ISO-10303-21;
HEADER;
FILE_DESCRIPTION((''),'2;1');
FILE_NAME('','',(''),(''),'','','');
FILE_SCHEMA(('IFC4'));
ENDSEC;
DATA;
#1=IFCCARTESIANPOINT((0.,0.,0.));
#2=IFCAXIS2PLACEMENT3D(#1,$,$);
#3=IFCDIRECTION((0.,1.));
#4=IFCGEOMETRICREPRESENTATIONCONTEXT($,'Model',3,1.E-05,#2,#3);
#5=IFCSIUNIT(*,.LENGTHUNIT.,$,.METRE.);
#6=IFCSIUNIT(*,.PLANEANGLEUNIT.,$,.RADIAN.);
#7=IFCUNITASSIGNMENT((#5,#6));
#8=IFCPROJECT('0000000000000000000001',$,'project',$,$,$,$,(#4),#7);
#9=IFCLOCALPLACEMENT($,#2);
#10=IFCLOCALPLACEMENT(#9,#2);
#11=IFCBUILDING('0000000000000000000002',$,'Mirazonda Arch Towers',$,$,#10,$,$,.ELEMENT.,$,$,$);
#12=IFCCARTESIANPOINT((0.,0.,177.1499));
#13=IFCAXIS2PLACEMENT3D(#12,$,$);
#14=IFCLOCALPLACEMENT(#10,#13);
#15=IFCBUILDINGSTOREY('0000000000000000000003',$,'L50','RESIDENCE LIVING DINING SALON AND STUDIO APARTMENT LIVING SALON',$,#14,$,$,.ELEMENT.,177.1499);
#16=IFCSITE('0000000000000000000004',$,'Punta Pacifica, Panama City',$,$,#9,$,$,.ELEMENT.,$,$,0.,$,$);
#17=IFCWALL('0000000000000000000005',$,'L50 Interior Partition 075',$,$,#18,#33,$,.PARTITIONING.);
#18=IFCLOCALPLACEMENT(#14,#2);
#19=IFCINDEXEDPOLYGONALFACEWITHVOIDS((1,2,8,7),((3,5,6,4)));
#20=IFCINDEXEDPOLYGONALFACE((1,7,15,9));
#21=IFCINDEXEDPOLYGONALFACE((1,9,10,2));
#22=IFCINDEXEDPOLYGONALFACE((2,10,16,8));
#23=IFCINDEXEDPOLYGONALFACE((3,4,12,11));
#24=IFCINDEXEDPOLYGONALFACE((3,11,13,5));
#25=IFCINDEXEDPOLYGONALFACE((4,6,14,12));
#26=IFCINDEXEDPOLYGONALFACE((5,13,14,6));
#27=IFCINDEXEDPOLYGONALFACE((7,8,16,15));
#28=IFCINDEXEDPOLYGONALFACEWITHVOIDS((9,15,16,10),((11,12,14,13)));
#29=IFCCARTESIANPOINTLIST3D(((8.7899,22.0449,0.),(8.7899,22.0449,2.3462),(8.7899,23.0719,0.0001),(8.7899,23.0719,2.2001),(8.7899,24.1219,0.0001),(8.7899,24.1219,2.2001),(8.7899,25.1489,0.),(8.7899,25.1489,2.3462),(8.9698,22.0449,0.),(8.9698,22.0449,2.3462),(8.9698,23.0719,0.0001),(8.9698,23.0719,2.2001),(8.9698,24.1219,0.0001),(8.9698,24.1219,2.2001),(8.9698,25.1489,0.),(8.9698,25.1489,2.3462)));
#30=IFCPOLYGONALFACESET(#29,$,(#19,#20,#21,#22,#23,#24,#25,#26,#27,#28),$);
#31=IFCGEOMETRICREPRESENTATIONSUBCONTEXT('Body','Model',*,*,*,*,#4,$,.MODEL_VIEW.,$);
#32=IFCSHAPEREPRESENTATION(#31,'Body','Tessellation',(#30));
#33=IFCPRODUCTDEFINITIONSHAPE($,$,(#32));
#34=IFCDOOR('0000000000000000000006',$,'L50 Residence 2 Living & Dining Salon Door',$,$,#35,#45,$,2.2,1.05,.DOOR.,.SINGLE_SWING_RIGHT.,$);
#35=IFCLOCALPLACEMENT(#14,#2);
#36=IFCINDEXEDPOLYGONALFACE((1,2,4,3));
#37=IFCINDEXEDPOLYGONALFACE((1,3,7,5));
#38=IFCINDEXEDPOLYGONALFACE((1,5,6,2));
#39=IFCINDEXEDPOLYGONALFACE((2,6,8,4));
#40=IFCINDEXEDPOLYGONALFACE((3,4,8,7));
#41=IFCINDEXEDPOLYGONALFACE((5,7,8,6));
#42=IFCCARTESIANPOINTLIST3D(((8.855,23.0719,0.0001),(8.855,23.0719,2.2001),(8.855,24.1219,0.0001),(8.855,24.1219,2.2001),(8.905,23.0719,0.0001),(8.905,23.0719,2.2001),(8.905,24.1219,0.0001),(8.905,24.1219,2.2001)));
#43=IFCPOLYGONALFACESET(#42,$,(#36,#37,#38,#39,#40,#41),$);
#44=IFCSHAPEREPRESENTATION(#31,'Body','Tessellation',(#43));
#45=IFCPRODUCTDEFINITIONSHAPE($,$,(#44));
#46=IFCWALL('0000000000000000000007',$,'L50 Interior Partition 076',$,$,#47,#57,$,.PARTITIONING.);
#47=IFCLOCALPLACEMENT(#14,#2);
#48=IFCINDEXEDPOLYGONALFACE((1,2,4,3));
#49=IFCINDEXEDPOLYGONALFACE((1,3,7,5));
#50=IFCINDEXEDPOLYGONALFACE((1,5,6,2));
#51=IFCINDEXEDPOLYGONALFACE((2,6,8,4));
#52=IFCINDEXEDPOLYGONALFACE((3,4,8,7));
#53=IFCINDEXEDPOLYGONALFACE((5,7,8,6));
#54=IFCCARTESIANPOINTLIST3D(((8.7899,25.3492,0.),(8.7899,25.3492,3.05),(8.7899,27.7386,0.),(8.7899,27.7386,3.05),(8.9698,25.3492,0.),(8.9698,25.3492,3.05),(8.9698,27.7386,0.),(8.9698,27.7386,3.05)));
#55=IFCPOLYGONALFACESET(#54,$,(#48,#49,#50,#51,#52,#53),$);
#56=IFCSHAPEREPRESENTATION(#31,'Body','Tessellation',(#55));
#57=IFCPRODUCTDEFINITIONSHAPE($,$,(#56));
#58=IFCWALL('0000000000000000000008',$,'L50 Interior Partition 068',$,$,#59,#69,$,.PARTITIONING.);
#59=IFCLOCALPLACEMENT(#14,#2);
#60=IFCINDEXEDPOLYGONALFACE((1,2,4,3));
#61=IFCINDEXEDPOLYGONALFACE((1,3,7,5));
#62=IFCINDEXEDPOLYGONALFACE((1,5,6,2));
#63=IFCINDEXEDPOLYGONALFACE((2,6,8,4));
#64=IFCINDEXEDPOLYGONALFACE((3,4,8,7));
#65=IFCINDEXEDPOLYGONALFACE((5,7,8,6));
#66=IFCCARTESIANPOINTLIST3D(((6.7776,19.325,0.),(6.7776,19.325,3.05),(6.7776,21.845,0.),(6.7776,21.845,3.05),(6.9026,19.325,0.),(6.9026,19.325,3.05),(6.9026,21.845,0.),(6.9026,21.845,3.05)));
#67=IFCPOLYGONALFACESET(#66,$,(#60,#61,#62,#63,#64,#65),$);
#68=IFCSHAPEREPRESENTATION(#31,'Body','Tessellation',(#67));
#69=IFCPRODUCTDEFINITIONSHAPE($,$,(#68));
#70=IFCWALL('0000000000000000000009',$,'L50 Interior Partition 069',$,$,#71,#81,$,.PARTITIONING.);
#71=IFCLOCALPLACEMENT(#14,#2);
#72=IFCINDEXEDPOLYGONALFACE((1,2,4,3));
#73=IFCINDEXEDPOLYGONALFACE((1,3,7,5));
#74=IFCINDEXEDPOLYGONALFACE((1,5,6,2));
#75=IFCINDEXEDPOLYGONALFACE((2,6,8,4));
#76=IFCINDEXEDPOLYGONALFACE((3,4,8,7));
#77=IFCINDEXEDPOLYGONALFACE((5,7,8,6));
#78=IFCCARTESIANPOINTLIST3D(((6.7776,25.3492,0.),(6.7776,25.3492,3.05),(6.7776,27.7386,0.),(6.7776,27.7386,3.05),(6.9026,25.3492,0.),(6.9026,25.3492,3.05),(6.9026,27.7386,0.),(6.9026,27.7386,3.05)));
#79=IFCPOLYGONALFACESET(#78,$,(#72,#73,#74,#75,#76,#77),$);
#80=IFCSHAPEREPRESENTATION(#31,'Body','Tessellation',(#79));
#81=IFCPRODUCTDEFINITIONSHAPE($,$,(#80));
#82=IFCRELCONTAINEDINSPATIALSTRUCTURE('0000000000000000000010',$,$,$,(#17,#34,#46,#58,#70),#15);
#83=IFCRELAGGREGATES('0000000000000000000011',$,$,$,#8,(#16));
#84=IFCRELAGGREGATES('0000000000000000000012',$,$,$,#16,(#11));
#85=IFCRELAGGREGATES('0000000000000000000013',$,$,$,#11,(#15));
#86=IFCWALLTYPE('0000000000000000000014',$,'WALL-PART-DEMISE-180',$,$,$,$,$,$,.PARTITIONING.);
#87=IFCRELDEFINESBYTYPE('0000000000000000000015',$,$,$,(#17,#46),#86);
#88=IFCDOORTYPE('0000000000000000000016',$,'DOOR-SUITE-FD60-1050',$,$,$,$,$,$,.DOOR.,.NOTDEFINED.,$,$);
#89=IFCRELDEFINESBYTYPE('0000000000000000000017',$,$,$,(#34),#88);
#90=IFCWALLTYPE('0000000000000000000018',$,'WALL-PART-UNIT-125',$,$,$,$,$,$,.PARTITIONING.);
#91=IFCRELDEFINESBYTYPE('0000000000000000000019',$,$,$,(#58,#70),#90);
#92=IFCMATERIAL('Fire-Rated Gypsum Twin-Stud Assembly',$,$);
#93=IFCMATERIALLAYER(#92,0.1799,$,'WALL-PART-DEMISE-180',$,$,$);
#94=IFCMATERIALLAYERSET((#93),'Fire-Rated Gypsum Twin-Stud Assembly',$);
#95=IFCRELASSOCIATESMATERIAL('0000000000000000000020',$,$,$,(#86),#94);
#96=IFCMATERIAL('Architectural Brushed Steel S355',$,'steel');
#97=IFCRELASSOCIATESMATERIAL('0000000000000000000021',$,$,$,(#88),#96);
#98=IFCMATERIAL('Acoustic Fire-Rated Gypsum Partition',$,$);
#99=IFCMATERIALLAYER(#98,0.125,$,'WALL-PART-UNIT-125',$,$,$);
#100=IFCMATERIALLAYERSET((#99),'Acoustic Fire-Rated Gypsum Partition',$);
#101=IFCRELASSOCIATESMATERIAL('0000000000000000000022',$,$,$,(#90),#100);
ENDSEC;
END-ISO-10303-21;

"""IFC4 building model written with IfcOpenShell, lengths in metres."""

from ifc_helpers import new_model, si_unit, direction, frame, frame_2d, origin, place, context, subcontext, project, spatial, rectangle, extrude, material, layer, layer_set, type_object, element, fill, save


model = new_model("IFC4")

# Units and contexts
model_context = context("Model", 3, precision=1e-05, world=origin(), true_north=direction((0.0, 1.0)))
body_context = subcontext(model_context, "Body", "Model", "MODEL_VIEW")
ifc_project = project(units=[si_unit("LENGTHUNIT", "METRE"), si_unit("PLANEANGLEUNIT", "RADIAN")], contexts=[model_context])

# Site, building, storey
site_placement = place(None, origin())
site = spatial("IfcSite", under=ifc_project, at=site_placement, Name="Punta Pacifica, Panama City", CompositionType="ELEMENT", RefElevation=0.0)
building_placement = place(site_placement, origin())
building = spatial("IfcBuilding", under=site, at=building_placement, Name="Mirazonda Arch Towers", CompositionType="ELEMENT")
storey_placement = place(building_placement, frame((0.0, 0.0, 177.1499)))
storey = spatial("IfcBuildingStorey", under=building, at=storey_placement, Name="L50", Description="RESIDENCE LIVING DINING SALON AND STUDIO APARTMENT LIVING SALON", CompositionType="ELEMENT", Elevation=177.1499)

# Shared definitions
ifc_material_1 = material(Name="Architectural Brushed Steel S355", Category="steel")

# Shared definitions
ifc_material_2 = material(Name="Fire-Rated Gypsum Twin-Stud Assembly")
ifc_layer_1 = layer(ifc_material_2, 0.1799, Name="WALL-PART-DEMISE-180")
ifc_layer_set_1 = layer_set([ifc_layer_1], Name="Fire-Rated Gypsum Twin-Stud Assembly")
wall_type_1 = type_object("IfcWallType", Name="WALL-PART-DEMISE-180", PredefinedType="PARTITIONING", material=ifc_layer_set_1)

# Wall, opening, door
wall_1_placement = place(storey_placement, frame((8.8799, 22.0449, 0.0), z_axis=(0.0, 0.0, 1.0), x_axis=(0.0, 1.0, 0.0)))
wall_1 = element("IfcWall", 1, at=wall_1_placement, inside=storey, type_object=wall_type_1, Name="L50 Interior Partition 075", PredefinedType="PARTITIONING", context=body_context, shape_type="SweptSolid", body=[
    extrude(rectangle(XDim=3.104, YDim=0.1799, at=frame_2d((1.552, 0.0))), origin(), (0.0, 0.0, 1.0), 2.3462),
])
opening_1_placement = place(wall_1_placement, frame((1.0271, 0.0, 0.0)))
opening_1 = element("IfcOpeningElement", 2, at=opening_1_placement, cuts=wall_1, PredefinedType="OPENING", context=body_context, shape_type="SweptSolid", body=[
    extrude(rectangle(XDim=1.05, YDim=2.2, at=frame_2d((0.5249, 1.1001))), frame((0.0, 0.0999, 0.0), z_axis=(0.0, -1.0, 0.0), x_axis=(1.0, 0.0, 0.0)), (0.0, 0.0, 1.0), 0.2),
])
door_type_1 = type_object("IfcDoorType", Name="DOOR-SUITE-FD60-1050", OperationType="NOTDEFINED", PredefinedType="DOOR", material=ifc_material_1)
door_1_placement = place(opening_1_placement, origin())
door_1 = element("IfcDoor", 3, at=door_1_placement, inside=storey, type_object=door_type_1, Name="L50 Residence 2 Living & Dining Salon Door", OperationType="SINGLE_SWING_RIGHT", OverallHeight=2.2, OverallWidth=1.05, PredefinedType="DOOR", context=body_context, shape_type="SweptSolid", body=[
    extrude(rectangle(XDim=1.05, YDim=2.2, at=frame_2d((0.5249, 1.1001))), frame((0.0, 0.0249, 0.0), z_axis=(0.0, -1.0, 0.0), x_axis=(1.0, 0.0, 0.0)), (0.0, 0.0, 1.0), 0.05),
])
fill(opening_1, door_1)

# Walls
wall_2_placement = place(storey_placement, frame((8.8799, 25.3491, 0.0), z_axis=(0.0, 0.0, 1.0), x_axis=(0.0, 1.0, 0.0)))
element("IfcWall", 4, at=wall_2_placement, inside=storey, type_object=wall_type_1, Name="L50 Interior Partition 076", PredefinedType="PARTITIONING", context=body_context, shape_type="SweptSolid", body=[
    extrude(rectangle(XDim=2.3894, YDim=0.1799, at=frame_2d((1.1948, 0.0))), origin(), (0.0, 0.0, 1.0), 3.05),
])
ifc_material_3 = material(Name="Acoustic Fire-Rated Gypsum Partition")
ifc_layer_2 = layer(ifc_material_3, 0.125, Name="WALL-PART-UNIT-125")
ifc_layer_set_2 = layer_set([ifc_layer_2], Name="Acoustic Fire-Rated Gypsum Partition")
wall_type_2 = type_object("IfcWallType", Name="WALL-PART-UNIT-125", PredefinedType="PARTITIONING", material=ifc_layer_set_2)
wall_3_placement = place(storey_placement, frame((6.8401, 19.325, 0.0), z_axis=(0.0, 0.0, 1.0), x_axis=(0.0, 1.0, 0.0)))
element("IfcWall", 5, at=wall_3_placement, inside=storey, type_object=wall_type_2, Name="L50 Interior Partition 068", PredefinedType="PARTITIONING", context=body_context, shape_type="SweptSolid", body=[
    extrude(rectangle(XDim=2.52, YDim=0.125, at=frame_2d((1.26, 0.0))), origin(), (0.0, 0.0, 1.0), 3.05),
])
wall_4_placement = place(storey_placement, frame((6.8401, 25.3491, 0.0), z_axis=(0.0, 0.0, 1.0), x_axis=(0.0, 1.0, 0.0)))
element("IfcWall", 6, at=wall_4_placement, inside=storey, type_object=wall_type_2, Name="L50 Interior Partition 069", PredefinedType="PARTITIONING", context=body_context, shape_type="SweptSolid", body=[
    extrude(rectangle(XDim=2.3894, YDim=0.125, at=frame_2d((1.1948, 0.0))), origin(), (0.0, 0.0, 1.0), 3.05),
])

save(model, "model.ifc")
